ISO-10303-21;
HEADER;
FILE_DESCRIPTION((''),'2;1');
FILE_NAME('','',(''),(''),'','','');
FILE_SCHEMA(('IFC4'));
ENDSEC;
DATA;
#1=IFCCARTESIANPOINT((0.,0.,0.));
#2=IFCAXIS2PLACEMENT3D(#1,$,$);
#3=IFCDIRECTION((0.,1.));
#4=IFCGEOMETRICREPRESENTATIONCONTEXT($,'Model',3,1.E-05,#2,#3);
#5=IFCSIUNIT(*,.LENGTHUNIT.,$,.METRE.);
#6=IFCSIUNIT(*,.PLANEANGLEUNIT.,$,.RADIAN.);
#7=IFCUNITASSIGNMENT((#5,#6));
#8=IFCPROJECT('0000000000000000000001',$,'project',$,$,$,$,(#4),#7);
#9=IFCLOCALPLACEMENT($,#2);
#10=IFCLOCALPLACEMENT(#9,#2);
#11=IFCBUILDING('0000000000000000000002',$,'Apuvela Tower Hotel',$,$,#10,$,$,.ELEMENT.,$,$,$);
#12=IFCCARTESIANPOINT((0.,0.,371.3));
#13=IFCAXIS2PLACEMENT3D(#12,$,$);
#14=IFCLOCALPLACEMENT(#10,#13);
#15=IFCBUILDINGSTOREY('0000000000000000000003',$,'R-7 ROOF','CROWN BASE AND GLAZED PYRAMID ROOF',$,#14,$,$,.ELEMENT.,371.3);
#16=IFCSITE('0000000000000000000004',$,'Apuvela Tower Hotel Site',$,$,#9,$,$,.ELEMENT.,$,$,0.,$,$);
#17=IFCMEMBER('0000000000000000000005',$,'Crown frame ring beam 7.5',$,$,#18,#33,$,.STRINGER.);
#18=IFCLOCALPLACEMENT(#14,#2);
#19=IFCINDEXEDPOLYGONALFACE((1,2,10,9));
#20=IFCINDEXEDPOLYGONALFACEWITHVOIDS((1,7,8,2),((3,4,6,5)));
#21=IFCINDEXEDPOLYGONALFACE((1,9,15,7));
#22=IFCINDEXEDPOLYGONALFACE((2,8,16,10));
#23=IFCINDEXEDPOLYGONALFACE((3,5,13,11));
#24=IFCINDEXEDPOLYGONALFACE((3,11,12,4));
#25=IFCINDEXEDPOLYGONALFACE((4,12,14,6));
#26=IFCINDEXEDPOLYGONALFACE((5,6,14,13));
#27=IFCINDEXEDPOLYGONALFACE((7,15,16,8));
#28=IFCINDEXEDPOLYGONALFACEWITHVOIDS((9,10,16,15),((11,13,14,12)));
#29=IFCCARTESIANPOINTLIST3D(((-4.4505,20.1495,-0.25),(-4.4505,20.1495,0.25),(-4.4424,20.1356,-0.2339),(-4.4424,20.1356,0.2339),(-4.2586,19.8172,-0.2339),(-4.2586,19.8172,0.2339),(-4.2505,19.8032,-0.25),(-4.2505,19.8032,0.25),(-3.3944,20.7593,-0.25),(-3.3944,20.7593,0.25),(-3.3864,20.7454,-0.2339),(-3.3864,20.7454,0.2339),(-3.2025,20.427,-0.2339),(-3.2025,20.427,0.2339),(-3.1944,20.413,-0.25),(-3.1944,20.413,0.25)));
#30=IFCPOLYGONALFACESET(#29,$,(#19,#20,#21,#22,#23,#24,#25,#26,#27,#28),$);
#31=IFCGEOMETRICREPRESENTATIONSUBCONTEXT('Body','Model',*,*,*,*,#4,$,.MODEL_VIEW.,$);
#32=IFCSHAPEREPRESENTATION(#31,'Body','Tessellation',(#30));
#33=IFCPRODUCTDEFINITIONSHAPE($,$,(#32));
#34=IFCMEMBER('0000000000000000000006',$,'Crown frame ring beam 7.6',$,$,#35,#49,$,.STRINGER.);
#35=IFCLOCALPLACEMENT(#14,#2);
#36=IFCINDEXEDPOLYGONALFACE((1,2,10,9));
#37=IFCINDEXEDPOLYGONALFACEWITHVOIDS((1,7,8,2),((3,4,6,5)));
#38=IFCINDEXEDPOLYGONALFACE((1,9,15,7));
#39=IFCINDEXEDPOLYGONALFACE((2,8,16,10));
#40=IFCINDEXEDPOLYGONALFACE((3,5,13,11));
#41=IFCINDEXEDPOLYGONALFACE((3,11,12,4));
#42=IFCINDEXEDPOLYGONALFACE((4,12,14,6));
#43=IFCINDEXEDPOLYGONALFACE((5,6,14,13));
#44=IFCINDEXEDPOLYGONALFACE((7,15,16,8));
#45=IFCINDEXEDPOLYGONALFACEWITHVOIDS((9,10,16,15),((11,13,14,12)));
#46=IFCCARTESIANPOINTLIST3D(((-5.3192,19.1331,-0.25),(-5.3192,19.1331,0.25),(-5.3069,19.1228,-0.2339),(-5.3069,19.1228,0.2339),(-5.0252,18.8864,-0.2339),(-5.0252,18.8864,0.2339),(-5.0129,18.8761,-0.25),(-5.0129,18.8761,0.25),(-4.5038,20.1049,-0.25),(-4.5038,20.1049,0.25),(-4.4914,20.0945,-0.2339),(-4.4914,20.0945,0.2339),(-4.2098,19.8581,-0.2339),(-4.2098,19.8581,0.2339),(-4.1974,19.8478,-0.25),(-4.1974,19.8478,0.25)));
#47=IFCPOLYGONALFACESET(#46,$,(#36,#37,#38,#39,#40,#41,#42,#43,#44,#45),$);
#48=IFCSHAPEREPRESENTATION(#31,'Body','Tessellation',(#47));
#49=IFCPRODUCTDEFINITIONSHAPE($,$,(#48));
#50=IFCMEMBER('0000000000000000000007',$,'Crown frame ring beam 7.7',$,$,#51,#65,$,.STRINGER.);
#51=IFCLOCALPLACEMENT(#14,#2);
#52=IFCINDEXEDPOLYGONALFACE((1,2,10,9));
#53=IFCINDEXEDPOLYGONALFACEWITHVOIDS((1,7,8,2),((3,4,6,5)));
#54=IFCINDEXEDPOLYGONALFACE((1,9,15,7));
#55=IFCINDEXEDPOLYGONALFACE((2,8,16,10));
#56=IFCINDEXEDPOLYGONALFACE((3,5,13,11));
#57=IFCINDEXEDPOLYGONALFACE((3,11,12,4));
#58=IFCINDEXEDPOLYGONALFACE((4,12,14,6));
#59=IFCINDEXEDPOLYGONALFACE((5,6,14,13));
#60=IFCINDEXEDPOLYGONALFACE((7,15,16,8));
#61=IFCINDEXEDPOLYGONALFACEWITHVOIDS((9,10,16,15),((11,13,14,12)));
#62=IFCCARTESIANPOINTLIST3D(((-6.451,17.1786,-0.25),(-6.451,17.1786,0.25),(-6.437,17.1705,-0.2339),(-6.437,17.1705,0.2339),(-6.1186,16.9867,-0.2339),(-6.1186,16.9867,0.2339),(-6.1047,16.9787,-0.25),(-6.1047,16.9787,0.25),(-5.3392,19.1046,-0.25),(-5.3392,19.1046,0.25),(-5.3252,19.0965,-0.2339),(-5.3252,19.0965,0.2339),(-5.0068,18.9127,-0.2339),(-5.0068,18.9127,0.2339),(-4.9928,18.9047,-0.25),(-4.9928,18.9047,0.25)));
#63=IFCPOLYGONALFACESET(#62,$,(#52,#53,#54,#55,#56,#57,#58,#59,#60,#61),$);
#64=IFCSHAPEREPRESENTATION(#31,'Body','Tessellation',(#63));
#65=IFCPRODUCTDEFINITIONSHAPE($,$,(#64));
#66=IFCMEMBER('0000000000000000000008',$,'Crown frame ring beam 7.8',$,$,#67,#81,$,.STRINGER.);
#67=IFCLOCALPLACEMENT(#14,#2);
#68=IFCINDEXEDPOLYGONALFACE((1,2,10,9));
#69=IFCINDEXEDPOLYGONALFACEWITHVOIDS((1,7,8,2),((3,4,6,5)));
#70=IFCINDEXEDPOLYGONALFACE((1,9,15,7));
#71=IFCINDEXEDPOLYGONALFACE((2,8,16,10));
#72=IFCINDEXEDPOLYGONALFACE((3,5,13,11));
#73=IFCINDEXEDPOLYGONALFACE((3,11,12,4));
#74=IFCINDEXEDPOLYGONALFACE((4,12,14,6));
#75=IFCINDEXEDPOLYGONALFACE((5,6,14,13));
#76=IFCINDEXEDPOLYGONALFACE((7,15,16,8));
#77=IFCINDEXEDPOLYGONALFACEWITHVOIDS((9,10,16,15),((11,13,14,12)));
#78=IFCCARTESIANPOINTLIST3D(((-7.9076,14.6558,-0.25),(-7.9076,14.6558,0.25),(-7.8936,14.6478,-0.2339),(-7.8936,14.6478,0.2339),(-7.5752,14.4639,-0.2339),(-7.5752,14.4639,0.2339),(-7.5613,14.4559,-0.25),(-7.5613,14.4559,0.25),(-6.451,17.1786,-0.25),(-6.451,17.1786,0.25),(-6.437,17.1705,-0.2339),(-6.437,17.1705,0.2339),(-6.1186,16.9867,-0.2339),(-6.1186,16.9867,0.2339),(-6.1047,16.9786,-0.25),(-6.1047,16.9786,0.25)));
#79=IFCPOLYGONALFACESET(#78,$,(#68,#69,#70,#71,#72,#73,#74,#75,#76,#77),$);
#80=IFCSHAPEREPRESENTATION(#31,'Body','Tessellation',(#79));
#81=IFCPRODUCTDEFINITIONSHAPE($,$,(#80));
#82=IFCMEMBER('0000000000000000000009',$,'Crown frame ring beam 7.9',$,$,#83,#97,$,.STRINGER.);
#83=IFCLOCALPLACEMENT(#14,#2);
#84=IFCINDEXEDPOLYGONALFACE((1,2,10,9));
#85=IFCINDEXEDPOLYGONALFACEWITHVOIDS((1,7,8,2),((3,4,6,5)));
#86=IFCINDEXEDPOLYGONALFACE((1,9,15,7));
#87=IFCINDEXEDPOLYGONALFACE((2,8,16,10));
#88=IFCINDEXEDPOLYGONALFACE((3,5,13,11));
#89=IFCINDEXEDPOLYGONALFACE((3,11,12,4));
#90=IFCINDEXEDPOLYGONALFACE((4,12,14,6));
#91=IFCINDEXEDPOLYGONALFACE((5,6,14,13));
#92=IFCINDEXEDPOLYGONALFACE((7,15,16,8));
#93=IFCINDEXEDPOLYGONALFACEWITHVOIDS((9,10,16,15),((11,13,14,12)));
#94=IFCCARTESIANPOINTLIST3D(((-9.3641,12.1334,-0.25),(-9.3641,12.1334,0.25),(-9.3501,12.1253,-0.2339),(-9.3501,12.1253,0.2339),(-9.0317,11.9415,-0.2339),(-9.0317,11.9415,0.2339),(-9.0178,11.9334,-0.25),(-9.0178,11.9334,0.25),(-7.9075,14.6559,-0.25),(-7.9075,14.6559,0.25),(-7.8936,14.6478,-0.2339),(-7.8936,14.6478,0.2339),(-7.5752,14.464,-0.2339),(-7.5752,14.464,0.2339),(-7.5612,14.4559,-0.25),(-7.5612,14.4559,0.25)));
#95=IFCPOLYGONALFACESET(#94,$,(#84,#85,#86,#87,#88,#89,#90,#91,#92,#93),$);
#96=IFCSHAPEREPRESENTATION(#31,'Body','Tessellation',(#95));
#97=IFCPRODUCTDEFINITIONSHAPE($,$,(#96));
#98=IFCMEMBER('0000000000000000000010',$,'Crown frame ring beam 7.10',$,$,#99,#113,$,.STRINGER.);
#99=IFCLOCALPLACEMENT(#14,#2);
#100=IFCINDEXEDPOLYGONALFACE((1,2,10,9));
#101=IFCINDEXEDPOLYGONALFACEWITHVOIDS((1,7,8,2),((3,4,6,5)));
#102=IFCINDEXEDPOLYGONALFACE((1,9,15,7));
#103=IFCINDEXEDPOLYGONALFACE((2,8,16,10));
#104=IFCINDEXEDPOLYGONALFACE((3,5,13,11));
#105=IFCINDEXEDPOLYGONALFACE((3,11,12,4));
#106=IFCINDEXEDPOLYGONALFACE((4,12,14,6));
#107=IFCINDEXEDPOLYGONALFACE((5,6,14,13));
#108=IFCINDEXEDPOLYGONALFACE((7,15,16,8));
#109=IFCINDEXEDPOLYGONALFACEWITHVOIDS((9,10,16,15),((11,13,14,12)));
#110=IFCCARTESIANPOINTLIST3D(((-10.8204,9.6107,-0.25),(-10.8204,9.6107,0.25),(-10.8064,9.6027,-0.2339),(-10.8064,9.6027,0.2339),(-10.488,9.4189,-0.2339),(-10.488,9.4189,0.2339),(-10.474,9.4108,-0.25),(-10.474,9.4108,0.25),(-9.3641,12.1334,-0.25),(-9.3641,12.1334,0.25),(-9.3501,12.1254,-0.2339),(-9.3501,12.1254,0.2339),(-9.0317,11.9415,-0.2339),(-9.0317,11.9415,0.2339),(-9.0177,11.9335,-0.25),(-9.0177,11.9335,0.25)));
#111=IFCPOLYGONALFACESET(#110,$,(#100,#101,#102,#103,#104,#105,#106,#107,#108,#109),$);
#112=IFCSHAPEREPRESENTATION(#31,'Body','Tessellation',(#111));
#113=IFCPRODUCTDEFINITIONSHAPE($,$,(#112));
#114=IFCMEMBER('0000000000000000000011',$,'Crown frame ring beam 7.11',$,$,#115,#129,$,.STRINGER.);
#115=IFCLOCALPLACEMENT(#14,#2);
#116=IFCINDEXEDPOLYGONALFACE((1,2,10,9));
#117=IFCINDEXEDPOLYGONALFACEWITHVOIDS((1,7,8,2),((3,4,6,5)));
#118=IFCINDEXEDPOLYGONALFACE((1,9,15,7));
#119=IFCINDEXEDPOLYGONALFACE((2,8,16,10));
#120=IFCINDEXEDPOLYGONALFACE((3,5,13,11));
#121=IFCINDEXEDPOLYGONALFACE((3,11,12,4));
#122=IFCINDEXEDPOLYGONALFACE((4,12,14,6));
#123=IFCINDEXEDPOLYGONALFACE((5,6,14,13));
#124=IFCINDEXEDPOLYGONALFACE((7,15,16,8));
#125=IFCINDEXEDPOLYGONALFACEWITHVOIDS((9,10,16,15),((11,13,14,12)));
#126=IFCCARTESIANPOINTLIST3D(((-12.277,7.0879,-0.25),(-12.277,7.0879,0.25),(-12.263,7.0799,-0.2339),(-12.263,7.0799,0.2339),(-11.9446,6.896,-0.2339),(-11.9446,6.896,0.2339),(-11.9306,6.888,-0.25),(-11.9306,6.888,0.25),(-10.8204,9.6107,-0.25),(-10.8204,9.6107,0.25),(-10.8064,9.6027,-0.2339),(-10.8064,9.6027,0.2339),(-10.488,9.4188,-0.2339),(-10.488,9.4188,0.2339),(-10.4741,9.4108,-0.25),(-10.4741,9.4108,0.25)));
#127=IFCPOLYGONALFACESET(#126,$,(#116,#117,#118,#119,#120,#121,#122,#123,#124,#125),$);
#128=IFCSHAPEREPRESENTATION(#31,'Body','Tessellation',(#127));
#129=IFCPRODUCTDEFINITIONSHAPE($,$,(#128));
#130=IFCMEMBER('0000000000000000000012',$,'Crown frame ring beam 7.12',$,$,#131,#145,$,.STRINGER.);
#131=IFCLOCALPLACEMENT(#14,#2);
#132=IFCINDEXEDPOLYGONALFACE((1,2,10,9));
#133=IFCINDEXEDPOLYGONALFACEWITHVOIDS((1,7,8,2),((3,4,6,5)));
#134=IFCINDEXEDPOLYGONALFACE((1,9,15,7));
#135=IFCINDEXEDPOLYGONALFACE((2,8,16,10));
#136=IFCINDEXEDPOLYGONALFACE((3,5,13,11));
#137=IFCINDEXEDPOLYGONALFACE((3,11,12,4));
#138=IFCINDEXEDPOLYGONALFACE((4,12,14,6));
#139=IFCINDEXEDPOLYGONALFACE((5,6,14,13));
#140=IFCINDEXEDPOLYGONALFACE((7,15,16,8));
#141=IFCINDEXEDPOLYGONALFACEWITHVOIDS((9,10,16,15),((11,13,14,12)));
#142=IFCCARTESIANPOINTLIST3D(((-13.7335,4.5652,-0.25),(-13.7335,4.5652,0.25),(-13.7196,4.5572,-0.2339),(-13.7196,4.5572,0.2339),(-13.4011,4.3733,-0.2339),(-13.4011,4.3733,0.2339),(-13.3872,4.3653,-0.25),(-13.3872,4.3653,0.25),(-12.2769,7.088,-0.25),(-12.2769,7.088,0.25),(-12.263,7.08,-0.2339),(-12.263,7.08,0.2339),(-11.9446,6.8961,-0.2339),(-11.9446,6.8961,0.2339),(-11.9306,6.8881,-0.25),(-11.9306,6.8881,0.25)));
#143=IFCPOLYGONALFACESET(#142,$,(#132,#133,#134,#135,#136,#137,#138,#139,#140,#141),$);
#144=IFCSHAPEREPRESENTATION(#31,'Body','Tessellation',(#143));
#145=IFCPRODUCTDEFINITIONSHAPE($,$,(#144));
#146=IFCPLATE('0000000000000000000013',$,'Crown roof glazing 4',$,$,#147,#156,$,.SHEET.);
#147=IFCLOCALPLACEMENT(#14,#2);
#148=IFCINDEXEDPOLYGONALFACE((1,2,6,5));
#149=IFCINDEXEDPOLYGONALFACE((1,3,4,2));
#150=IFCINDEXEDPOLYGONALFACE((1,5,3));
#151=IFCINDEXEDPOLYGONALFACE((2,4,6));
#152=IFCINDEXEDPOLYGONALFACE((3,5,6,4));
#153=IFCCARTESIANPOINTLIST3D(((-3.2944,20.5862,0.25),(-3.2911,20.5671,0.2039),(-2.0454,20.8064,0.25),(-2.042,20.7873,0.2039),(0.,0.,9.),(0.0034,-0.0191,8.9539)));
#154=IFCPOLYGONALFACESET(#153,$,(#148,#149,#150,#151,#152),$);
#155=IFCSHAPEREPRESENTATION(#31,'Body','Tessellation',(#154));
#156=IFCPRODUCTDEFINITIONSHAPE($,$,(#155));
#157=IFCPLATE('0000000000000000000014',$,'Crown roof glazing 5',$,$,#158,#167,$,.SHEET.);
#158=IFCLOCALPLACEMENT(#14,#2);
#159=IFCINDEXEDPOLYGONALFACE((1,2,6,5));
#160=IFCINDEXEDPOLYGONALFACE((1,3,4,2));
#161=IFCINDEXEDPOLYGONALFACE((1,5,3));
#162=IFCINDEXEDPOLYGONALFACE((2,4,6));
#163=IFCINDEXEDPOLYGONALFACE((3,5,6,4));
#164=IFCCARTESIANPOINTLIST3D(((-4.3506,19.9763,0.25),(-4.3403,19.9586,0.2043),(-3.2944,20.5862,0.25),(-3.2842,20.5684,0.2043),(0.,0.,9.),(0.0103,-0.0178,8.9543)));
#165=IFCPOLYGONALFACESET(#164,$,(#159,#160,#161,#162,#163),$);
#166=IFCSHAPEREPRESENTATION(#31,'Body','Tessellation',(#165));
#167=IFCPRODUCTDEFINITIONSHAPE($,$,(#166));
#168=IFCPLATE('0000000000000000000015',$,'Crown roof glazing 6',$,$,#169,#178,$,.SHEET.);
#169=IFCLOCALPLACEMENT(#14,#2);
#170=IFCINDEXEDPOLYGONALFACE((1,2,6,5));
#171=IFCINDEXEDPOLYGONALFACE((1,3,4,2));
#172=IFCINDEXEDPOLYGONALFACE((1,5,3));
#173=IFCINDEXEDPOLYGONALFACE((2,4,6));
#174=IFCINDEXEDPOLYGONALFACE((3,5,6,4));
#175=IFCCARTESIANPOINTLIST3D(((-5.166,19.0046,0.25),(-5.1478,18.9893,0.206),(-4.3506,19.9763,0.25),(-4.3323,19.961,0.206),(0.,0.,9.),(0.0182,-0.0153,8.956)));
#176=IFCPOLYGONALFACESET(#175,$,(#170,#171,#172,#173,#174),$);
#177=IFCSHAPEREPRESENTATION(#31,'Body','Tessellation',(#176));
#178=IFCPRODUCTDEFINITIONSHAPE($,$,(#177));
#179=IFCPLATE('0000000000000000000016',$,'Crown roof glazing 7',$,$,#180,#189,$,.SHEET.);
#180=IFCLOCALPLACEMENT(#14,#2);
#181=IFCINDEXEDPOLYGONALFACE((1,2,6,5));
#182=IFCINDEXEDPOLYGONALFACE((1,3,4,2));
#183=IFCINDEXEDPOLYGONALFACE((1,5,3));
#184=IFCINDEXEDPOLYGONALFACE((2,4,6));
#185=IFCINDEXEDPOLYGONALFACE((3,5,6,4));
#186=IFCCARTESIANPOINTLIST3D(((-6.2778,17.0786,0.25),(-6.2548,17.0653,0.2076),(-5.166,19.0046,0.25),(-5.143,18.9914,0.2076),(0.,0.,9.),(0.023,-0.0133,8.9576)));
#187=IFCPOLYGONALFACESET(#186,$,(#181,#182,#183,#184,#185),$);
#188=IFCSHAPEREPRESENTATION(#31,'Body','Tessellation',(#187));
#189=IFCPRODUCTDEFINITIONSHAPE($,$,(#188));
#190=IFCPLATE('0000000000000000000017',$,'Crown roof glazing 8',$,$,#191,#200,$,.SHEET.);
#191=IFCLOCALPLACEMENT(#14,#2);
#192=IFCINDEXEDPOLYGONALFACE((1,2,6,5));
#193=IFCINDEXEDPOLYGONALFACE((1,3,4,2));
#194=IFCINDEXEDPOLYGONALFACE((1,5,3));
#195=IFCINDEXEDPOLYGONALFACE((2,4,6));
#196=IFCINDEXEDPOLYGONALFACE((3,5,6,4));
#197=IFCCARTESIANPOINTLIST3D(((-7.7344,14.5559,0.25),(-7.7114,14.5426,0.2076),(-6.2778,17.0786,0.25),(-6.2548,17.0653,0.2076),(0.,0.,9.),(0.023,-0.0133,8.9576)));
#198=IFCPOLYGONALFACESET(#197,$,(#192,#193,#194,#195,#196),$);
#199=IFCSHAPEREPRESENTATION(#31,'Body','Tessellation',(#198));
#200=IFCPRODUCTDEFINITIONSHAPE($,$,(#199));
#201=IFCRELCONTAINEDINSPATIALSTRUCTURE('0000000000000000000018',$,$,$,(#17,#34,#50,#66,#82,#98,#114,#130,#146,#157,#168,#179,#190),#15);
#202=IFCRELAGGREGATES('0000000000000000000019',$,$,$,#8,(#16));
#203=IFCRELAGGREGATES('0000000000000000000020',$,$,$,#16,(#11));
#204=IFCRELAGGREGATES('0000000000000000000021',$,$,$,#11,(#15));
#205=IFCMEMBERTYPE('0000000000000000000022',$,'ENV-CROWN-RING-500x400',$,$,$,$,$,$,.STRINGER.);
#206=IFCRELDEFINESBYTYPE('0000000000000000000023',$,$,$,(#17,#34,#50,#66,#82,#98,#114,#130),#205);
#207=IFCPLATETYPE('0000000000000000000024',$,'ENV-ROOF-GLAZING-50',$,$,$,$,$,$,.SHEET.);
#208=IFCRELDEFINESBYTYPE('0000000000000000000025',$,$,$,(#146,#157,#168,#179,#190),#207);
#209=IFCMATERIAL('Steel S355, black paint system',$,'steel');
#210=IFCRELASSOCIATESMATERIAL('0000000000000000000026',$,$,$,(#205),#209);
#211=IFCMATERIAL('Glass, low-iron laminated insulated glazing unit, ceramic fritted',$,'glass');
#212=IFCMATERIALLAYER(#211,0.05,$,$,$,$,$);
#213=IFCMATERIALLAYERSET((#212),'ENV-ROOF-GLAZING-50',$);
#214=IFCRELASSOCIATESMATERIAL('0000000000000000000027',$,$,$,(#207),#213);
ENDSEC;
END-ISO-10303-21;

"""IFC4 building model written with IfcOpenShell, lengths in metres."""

from ifc_helpers import new_model, si_unit, direction, frame, origin, origin_2d, place, context, subcontext, project, spatial, polyline, hollow_rectangle, outline, extrude, material, layer, layer_set, material_profile, profile_set, type_object, element, save


model = new_model("IFC4")

# Units and contexts
model_context = context("Model", 3, precision=1e-05, world=origin(), true_north=direction((0.0, 1.0)))
body_context = subcontext(model_context, "Body", "Model", "MODEL_VIEW")
ifc_project = project(units=[si_unit("LENGTHUNIT", "METRE"), si_unit("PLANEANGLEUNIT", "RADIAN")], contexts=[model_context])

# Site, building, storey
site_placement = place(None, origin())
site = spatial("IfcSite", under=ifc_project, at=site_placement, Name="Apuvela Tower Hotel Site", CompositionType="ELEMENT", RefElevation=0.0)
building_placement = place(site_placement, origin())
building = spatial("IfcBuilding", under=site, at=building_placement, Name="Apuvela Tower Hotel", CompositionType="ELEMENT")
storey_placement = place(building_placement, frame((0.0, 0.0, 371.3)))
storey = spatial("IfcBuildingStorey", under=building, at=storey_placement, Name="R-7 ROOF", Description="CROWN BASE AND GLAZED PYRAMID ROOF", CompositionType="ELEMENT", Elevation=371.3)

# Members
ifc_material_1 = material(Name="Steel S355, black paint system", Category="steel")
ifc_material_profile_1 = material_profile(ifc_material_1, hollow_rectangle(XDim=0.3999, YDim=0.5, WallThickness=0.0161, at=origin_2d()), Name="HSS 500x400x16")
ifc_profile_set_1 = profile_set([ifc_material_profile_1], Name="Steel S355, black paint system")
member_type_1 = type_object("IfcMemberType", Name="ENV-CROWN-RING-500x400", PredefinedType="STRINGER", material=ifc_profile_set_1)
member_1_placement = place(storey_placement, frame((-3.2944, 20.5862, 0.0), z_axis=(-0.865992, -0.500057, 0.0), x_axis=(0.500057, -0.865992, 0.0)))
element("IfcMember", 1, at=member_1_placement, inside=storey, type_object=member_type_1, Name="Crown frame ring beam 7.5", PredefinedType="STRINGER", context=body_context, shape_type="SweptSolid", body=[
    extrude(hollow_rectangle(XDim=0.3999, YDim=0.5, WallThickness=0.0161, at=origin_2d()), origin(), (0.0, 0.0, 1.0), 1.2195),
])
member_2_placement = place(storey_placement, frame((-4.3506, 19.9763, 0.0), z_axis=(-0.642831, -0.766008, 0.0), x_axis=(0.766008, -0.642831, 0.0)))
element("IfcMember", 2, at=member_2_placement, inside=storey, type_object=member_type_1, Name="Crown frame ring beam 7.6", PredefinedType="STRINGER", context=body_context, shape_type="SweptSolid", body=[
    extrude(hollow_rectangle(XDim=0.3999, YDim=0.5, WallThickness=0.0161, at=origin_2d()), origin(), (0.0, 0.0, 1.0), 1.2686),
])
member_3_placement = place(storey_placement, frame((-5.166, 19.0046, 0.0), z_axis=(-0.499941, -0.866059, 0.0), x_axis=(0.866059, -0.499941, 0.0)))
element("IfcMember", 3, at=member_3_placement, inside=storey, type_object=member_type_1, Name="Crown frame ring beam 7.7", PredefinedType="STRINGER", context=body_context, shape_type="SweptSolid", body=[
    extrude(hollow_rectangle(XDim=0.3999, YDim=0.5, WallThickness=0.0161, at=origin_2d()), origin(), (0.0, 0.0, 1.0), 2.2239),
])
member_4_placement = place(storey_placement, frame((-6.2778, 17.0786, 0.0), z_axis=(-0.500015, -0.866017, 0.0), x_axis=(0.866017, -0.500015, 0.0)))
element("IfcMember", 4, at=member_4_placement, inside=storey, type_object=member_type_1, Name="Crown frame ring beam 7.8", PredefinedType="STRINGER", context=body_context, shape_type="SweptSolid", body=[
    extrude(hollow_rectangle(XDim=0.3999, YDim=0.5, WallThickness=0.0161, at=origin_2d()), origin(), (0.0, 0.0, 1.0), 2.9131),
])
for number, where, z_axis, x_axis, name in (
    (5, (-7.7344, 14.5559, 0.0), (-0.500051, -0.865996, 0.0), (0.865996, -0.500051, 0.0), "Crown frame ring beam 7.9"),
    (6, (-9.1909, 12.0334, 0.0), (-0.499952, -0.866053, 0.0), (0.866053, -0.499952, 0.0), "Crown frame ring beam 7.10"),
):
    element("IfcMember", number, at=place(storey_placement, frame(where, z_axis=z_axis, x_axis=x_axis)), inside=storey, type_object=member_type_1, Name=name, PredefinedType="STRINGER", context=body_context, shape_type="SweptSolid", body=[
        extrude(hollow_rectangle(XDim=0.3999, YDim=0.5, WallThickness=0.0161, at=origin_2d()), origin(), (0.0, 0.0, 1.0), 2.9128),
    ])
for number, where, z_axis, x_axis, name in (
    (7, (-10.6472, 9.5107, 0.0), (-0.500015, -0.866017, 0.0), (0.866017, -0.500015, 0.0), "Crown frame ring beam 7.11"),
    (8, (-12.1038, 6.988, 0.0), (-0.500015, -0.866017, 0.0), (0.866017, -0.500015, 0.0), "Crown frame ring beam 7.12"),
):
    element("IfcMember", number, at=place(storey_placement, frame(where, z_axis=z_axis, x_axis=x_axis)), inside=storey, type_object=member_type_1, Name=name, PredefinedType="STRINGER", context=body_context, shape_type="SweptSolid", body=[
        extrude(hollow_rectangle(XDim=0.3999, YDim=0.5, WallThickness=0.0161, at=origin_2d()), origin(), (0.0, 0.0, 1.0), 2.9131),
    ])

# Plates
ifc_material_2 = material(Name="Glass, low-iron laminated insulated glazing unit, ceramic fritted", Category="glass")
ifc_layer = layer(ifc_material_2, 0.05)
ifc_layer_set = layer_set([ifc_layer], Name="ENV-ROOF-GLAZING-50")
plate_type = type_object("IfcPlateType", Name="ENV-ROOF-GLAZING-50", PredefinedType="SHEET", material=ifc_layer_set)
plate_1_placement = place(storey_placement, frame((-2.0454, 20.8064, 0.25), z_axis=(-0.067202, 0.381161, 0.922063), x_axis=(-0.984811, -0.173632, 0.0)))
element("IfcPlate", 9, at=plate_1_placement, inside=storey, type_object=plate_type, Name="Crown roof glazing 4", PredefinedType="SHEET", context=body_context, shape_type="SweptSolid", body=[
    extrude(outline(polyline([(0.0, 0.0), (1.2683, 0.0), (1.5983, 22.6075), (0.0, 0.0)])), origin(), (0.0, 0.0, -1.0), 0.05),
])
plate_2_placement = place(storey_placement, frame((-3.2944, 20.5862, 0.25), z_axis=(-0.204939, 0.354911, 0.912161), x_axis=(-0.865992, -0.500057, 0.0)))
element("IfcPlate", 10, at=plate_2_placement, inside=storey, type_object=plate_type, Name="Crown roof glazing 5", PredefinedType="SHEET", context=body_context, shape_type="SweptSolid", body=[
    extrude(outline(polyline([(0.0, 0.0), (1.2196, 0.0), (7.4413, 21.3503), (0.0, 0.0)])), origin(), (0.0, 0.0, -1.0), 0.05),
])
plate_3_placement = place(storey_placement, frame((-4.3506, 19.9763, 0.25), z_axis=(-0.364485, 0.305875, 0.87954), x_axis=(-0.642831, -0.766008, 0.0)))
element("IfcPlate", 11, at=plate_3_placement, inside=storey, type_object=plate_type, Name="Crown roof glazing 6", PredefinedType="SHEET", context=body_context, shape_type="SweptSolid", body=[
    extrude(outline(polyline([(0.0, 0.0), (1.2685, 0.0), (12.5053, 18.3891), (0.0, 0.0)])), origin(), (0.0, 0.0, -1.0), 0.05),
])
plate_4_placement = place(storey_placement, frame((-5.166, 19.0046, 0.25), z_axis=(-0.459594, 0.265305, 0.847577), x_axis=(-0.499941, -0.866059, 0.0)))
element("IfcPlate", 12, at=plate_4_placement, inside=storey, type_object=plate_type, Name="Crown roof glazing 7", PredefinedType="SHEET", context=body_context, shape_type="SweptSolid", body=[
    extrude(outline(polyline([(0.0, 0.0), (2.2239, 0.0), (13.8764, 16.4885), (0.0, 0.0)])), origin(), (0.0, 0.0, -1.0), 0.05),
])
plate_5_placement = place(storey_placement, frame((-6.2778, 17.0786, 0.25), z_axis=(-0.459548, 0.265331, 0.847594), x_axis=(-0.500015, -0.866017, 0.0)))
element("IfcPlate", 13, at=plate_5_placement, inside=storey, type_object=plate_type, Name="Crown roof glazing 8", PredefinedType="SHEET", context=body_context, shape_type="SweptSolid", body=[
    extrude(outline(polyline([(0.0, 0.0), (2.913, 0.0), (11.6514, 16.4893), (0.0, 0.0)])), origin(), (0.0, 0.0, -1.0), 0.05),
])

save(model, "model.ifc")
